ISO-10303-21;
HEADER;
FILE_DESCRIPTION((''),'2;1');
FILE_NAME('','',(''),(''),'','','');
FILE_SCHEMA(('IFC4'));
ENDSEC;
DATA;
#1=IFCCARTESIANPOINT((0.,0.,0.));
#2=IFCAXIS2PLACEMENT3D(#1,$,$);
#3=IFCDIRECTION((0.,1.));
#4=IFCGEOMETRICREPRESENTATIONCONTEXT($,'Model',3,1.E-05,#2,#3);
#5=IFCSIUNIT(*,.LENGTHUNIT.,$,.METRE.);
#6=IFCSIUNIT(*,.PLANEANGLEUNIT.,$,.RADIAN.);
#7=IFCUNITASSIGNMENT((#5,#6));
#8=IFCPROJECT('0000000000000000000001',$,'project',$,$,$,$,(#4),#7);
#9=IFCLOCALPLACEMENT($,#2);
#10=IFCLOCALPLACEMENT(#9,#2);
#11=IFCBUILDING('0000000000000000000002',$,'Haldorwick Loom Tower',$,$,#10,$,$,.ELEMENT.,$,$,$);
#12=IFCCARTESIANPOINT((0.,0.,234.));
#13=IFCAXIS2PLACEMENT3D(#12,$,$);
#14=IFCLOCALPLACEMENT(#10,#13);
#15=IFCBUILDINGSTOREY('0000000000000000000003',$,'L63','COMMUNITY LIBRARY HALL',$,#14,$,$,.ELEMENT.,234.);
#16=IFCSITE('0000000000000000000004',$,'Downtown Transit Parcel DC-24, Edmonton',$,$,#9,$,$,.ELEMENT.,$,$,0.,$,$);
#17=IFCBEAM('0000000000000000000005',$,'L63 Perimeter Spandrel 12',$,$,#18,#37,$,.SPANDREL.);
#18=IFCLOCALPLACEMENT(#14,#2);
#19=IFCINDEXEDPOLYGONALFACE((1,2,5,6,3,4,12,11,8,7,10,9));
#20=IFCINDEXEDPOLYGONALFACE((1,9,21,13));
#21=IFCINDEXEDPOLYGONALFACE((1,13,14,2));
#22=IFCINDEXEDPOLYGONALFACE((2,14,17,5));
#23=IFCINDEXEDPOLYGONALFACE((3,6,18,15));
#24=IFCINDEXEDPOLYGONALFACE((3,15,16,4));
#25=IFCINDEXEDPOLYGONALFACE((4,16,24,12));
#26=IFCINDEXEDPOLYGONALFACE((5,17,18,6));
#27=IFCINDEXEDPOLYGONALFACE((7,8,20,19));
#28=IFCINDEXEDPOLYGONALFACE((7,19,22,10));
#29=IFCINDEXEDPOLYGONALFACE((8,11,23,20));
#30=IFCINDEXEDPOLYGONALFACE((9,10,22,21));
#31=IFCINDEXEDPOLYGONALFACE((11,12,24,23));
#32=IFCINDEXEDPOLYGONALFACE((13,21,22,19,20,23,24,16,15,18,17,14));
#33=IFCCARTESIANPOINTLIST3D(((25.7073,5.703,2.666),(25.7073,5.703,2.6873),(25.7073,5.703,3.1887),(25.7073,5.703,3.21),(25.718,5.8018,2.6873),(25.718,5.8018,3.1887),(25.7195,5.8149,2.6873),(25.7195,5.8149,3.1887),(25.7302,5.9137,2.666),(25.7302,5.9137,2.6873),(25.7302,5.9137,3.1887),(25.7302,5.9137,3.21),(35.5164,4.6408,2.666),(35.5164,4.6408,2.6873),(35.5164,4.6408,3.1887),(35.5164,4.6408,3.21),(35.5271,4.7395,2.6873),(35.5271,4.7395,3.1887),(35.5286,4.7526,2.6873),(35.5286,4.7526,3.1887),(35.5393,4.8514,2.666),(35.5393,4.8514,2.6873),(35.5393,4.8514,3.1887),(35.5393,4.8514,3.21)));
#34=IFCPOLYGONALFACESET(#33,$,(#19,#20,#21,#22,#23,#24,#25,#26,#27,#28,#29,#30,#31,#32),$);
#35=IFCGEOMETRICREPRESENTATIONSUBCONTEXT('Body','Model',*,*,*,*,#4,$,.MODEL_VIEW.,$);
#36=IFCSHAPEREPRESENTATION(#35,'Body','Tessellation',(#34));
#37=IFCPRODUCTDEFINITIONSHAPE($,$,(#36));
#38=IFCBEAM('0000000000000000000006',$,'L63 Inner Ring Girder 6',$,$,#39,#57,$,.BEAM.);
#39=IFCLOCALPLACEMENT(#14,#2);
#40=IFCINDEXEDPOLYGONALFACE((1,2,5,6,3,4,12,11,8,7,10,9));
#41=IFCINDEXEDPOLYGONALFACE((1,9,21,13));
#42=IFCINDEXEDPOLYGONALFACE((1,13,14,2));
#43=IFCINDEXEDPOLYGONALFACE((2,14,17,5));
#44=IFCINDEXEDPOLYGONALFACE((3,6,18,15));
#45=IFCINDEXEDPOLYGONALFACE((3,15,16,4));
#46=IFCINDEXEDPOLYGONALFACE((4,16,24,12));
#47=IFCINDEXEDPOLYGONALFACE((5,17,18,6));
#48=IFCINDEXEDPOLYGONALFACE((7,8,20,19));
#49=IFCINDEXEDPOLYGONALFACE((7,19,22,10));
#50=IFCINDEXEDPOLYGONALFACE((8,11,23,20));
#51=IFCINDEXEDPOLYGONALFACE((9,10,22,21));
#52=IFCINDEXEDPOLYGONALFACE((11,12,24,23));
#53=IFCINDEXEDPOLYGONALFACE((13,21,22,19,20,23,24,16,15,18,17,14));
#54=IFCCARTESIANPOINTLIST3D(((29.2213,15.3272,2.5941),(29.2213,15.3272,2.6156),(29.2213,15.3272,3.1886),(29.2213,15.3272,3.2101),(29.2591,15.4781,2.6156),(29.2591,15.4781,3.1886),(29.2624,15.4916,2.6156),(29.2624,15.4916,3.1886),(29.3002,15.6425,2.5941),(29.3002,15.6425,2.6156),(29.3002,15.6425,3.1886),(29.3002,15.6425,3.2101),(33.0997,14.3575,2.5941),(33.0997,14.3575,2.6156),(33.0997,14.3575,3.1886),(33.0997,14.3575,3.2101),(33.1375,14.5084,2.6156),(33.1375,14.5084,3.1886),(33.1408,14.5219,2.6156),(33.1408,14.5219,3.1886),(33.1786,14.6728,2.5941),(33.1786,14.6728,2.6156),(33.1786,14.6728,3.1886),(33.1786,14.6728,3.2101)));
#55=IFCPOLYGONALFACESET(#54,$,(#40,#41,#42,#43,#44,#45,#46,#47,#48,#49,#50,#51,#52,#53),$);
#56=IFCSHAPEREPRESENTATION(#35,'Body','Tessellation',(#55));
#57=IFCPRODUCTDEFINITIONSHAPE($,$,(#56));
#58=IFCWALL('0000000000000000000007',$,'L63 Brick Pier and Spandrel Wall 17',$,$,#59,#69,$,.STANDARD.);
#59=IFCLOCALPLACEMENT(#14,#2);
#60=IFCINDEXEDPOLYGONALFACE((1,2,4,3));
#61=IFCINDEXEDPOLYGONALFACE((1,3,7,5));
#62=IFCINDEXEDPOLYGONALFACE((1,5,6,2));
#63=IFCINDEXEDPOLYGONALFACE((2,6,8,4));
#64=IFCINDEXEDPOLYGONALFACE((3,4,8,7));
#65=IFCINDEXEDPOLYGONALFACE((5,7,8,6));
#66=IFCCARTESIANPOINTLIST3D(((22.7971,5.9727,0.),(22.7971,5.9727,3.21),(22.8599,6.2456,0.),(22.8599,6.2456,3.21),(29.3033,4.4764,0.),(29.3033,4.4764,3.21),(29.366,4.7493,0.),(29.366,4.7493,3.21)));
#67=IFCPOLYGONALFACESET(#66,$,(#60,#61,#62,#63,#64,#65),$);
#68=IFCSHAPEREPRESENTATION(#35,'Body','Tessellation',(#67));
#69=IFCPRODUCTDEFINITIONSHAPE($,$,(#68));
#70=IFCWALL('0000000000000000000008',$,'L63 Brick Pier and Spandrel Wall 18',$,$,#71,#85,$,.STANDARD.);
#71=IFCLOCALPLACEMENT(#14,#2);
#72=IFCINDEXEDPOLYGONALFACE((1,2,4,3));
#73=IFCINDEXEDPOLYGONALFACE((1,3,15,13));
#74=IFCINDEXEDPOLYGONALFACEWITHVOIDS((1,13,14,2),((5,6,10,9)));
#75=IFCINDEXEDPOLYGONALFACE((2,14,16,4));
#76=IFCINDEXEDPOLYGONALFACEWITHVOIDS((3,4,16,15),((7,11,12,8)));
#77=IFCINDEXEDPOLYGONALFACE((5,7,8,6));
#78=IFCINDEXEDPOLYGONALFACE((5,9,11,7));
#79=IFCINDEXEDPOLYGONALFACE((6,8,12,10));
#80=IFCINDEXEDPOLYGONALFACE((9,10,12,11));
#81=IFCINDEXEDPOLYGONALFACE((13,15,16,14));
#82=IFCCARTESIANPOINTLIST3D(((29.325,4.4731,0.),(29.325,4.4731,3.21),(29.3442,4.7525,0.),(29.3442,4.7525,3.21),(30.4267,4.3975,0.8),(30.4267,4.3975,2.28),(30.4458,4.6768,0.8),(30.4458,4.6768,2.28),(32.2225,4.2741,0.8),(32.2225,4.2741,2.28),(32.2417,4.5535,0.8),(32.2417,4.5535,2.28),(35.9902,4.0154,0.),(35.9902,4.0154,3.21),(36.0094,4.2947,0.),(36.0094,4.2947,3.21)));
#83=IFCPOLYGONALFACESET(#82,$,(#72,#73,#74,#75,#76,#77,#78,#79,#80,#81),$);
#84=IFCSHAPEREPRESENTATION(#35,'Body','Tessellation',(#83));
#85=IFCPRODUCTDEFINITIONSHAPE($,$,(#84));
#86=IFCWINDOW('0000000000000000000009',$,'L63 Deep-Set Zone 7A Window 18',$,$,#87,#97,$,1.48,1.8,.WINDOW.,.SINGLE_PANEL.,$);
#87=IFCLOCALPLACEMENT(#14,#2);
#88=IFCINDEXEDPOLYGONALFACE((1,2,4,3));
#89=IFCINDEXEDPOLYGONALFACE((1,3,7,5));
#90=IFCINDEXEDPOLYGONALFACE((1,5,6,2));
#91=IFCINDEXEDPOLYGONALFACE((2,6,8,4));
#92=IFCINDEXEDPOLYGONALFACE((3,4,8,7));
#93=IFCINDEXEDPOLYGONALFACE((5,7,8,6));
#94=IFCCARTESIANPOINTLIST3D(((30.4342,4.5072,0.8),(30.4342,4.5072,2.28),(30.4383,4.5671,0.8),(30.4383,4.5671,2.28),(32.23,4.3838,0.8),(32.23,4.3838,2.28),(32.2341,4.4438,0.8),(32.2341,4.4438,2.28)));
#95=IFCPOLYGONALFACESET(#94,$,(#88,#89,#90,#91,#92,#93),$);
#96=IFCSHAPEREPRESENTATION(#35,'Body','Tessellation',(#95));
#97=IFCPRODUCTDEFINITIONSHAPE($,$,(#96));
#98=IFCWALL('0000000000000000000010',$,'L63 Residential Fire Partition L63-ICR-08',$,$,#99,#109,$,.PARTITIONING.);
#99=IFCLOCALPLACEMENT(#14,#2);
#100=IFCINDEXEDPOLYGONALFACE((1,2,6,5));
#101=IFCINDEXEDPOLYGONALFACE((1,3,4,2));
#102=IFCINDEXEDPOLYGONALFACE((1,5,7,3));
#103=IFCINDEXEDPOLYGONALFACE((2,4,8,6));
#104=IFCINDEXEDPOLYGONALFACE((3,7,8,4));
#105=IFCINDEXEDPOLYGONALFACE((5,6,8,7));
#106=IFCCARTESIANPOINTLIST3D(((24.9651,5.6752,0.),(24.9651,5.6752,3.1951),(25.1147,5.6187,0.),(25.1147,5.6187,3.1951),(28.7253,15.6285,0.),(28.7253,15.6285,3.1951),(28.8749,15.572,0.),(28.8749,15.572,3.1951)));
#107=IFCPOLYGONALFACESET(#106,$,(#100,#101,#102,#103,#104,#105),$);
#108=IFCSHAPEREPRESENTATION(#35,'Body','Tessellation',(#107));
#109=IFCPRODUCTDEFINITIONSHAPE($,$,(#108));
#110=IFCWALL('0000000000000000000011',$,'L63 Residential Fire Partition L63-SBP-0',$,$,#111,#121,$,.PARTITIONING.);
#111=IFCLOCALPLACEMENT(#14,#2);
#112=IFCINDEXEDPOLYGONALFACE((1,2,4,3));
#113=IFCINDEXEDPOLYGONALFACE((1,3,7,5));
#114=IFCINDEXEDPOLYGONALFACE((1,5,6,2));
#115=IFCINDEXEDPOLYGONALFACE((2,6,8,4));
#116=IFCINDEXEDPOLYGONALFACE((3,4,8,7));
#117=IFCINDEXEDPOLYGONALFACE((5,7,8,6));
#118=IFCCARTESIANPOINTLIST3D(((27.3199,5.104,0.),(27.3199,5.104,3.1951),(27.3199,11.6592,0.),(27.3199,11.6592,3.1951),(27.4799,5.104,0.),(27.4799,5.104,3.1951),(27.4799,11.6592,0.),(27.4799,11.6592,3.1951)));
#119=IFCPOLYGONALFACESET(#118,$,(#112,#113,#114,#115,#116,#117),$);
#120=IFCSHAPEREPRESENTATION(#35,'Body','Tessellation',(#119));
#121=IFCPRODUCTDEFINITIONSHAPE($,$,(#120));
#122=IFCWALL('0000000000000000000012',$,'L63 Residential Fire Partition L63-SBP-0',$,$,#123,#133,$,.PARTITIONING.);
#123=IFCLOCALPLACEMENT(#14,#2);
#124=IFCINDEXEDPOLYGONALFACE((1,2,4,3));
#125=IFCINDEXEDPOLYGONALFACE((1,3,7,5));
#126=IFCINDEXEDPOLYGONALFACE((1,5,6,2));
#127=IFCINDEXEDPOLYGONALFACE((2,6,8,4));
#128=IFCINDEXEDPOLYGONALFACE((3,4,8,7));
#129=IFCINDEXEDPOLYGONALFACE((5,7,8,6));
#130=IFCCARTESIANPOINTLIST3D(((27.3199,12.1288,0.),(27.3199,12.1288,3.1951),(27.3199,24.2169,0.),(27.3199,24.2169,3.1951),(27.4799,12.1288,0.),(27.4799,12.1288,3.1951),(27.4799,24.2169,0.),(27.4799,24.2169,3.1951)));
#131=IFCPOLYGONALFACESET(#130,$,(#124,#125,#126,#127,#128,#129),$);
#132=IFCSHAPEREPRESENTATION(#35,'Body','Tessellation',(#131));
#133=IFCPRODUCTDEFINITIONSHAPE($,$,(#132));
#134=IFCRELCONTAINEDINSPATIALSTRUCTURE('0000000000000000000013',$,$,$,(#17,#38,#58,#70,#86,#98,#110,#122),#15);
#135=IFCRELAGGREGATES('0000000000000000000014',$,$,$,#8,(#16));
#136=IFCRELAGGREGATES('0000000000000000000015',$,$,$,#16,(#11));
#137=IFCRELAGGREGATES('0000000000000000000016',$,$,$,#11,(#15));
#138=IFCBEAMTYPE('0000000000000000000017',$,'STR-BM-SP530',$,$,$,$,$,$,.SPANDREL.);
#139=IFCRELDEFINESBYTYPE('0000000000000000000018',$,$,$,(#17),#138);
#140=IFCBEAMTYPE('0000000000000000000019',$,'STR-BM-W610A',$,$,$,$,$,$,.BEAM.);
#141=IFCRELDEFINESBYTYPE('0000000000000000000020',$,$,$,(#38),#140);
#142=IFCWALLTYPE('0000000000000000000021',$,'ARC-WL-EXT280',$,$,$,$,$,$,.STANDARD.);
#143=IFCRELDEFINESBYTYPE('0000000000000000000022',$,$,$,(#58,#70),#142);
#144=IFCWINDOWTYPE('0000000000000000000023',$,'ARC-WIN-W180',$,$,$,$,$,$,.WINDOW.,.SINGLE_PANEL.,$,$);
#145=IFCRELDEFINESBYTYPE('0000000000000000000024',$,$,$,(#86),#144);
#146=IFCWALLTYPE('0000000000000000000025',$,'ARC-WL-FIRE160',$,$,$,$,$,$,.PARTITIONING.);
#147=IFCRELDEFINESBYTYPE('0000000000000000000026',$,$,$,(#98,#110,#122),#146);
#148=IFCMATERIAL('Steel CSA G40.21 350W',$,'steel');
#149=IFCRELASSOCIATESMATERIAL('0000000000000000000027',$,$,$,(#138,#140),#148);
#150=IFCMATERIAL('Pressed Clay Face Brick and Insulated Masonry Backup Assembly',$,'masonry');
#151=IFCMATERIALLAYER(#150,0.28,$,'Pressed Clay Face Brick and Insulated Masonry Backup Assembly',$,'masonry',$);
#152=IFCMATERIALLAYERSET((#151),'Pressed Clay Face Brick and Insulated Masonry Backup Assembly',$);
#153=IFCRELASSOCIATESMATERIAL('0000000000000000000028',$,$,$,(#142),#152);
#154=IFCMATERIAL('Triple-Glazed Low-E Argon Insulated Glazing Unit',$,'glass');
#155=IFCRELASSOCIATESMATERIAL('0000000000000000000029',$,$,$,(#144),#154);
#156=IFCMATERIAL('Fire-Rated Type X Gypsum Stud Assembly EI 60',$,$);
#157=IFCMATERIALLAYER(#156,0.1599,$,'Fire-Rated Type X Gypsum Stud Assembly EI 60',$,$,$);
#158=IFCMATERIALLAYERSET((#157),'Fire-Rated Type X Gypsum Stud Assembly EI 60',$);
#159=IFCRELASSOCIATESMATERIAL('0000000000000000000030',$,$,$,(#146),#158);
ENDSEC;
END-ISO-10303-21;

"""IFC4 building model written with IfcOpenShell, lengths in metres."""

from ifc_helpers import new_model, si_unit, direction, frame, frame_2d, origin, origin_2d, place, context, subcontext, project, spatial, rectangle, i_section, extrude, material, layer, layer_set, material_profile, profile_set, type_object, element, fill, save


model = new_model("IFC4")

# Units and contexts
model_context = context("Model", 3, precision=1e-05, world=origin(), true_north=direction((0.0, 1.0)))
body_context = subcontext(model_context, "Body", "Model", "MODEL_VIEW")
ifc_project = project(units=[si_unit("LENGTHUNIT", "METRE"), si_unit("PLANEANGLEUNIT", "RADIAN")], contexts=[model_context])

# Site, building, storey
site_placement = place(None, origin())
site = spatial("IfcSite", under=ifc_project, at=site_placement, Name="Downtown Transit Parcel DC-24, Edmonton", CompositionType="ELEMENT", RefElevation=0.0)
building_placement = place(site_placement, origin())
building = spatial("IfcBuilding", under=site, at=building_placement, Name="Haldorwick Loom Tower", CompositionType="ELEMENT")
storey_placement = place(building_placement, frame((0.0, 0.0, 234.0)))
storey = spatial("IfcBuildingStorey", under=building, at=storey_placement, Name="L63", Description="COMMUNITY LIBRARY HALL", CompositionType="ELEMENT", Elevation=234.0)

# Beams
ifc_material_1 = material(Name="Steel CSA G40.21 350W", Category="steel")
ifc_material_profile_1 = material_profile(ifc_material_1, i_section(OverallWidth=0.2119, OverallDepth=0.5439, WebThickness=0.0132, FlangeThickness=0.0212, at=origin_2d()), Name="W530X123", Category="steel")
ifc_profile_set_1 = profile_set([ifc_material_profile_1], Name="Steel CSA G40.21 350W")
beam_type_1 = type_object("IfcBeamType", Name="STR-BM-SP530", PredefinedType="SPANDREL", material=ifc_profile_set_1)
beam_1_placement = place(storey_placement, frame((25.7188, 5.8083, 2.938), z_axis=(0.994187, -0.107664, 0.0), x_axis=(0.107664, 0.994187, 0.0)))
element("IfcBeam", 1, at=beam_1_placement, inside=storey, type_object=beam_type_1, Name="L63 Perimeter Spandrel 12", PredefinedType="SPANDREL", context=body_context, shape_type="SweptSolid", body=[
    extrude(i_section(OverallWidth=0.2119, OverallDepth=0.5439, WebThickness=0.0132, FlangeThickness=0.0212, at=origin_2d()), origin(), (0.0, 0.0, 1.0), 9.8665),
])
ifc_material_profile_2 = material_profile(ifc_material_1, i_section(OverallWidth=0.325, OverallDepth=0.616, WebThickness=0.0139, FlangeThickness=0.0215, at=origin_2d()), Name="W610X174", Category="steel")
ifc_profile_set_2 = profile_set([ifc_material_profile_2], Name="Steel CSA G40.21 350W")
beam_type_2 = type_object("IfcBeamType", Name="STR-BM-W610A", PredefinedType="BEAM", material=ifc_profile_set_2)
beam_2_placement = place(storey_placement, frame((33.1392, 14.5151, 2.9021), z_axis=(-0.970135, 0.242564, 0.0), x_axis=(-0.242564, -0.970135, 0.0)))
element("IfcBeam", 2, at=beam_2_placement, inside=storey, type_object=beam_type_2, Name="L63 Inner Ring Girder 6", PredefinedType="BEAM", context=body_context, shape_type="SweptSolid", body=[
    extrude(i_section(OverallWidth=0.325, OverallDepth=0.616, WebThickness=0.0139, FlangeThickness=0.0215, at=origin_2d()), origin(), (0.0, 0.0, 1.0), 3.9978),
])

# Wall
ifc_material_2 = material(Name="Pressed Clay Face Brick and Insulated Masonry Backup Assembly", Category="masonry")
ifc_layer_1 = layer(ifc_material_2, 0.28, Name="Pressed Clay Face Brick and Insulated Masonry Backup Assembly", Category="masonry")
ifc_layer_set_1 = layer_set([ifc_layer_1], Name="Pressed Clay Face Brick and Insulated Masonry Backup Assembly")
wall_type_1 = type_object("IfcWallType", Name="ARC-WL-EXT280", PredefinedType="STANDARD", material=ifc_layer_set_1)
wall_1_placement = place(storey_placement, frame((22.8286, 6.1091, 0.0), z_axis=(0.0, 0.0, 1.0), x_axis=(0.974557, -0.224138, 0.0)))
element("IfcWall", 3, at=wall_1_placement, inside=storey, type_object=wall_type_1, Name="L63 Brick Pier and Spandrel Wall 17", PredefinedType="STANDARD", context=body_context, shape_type="SweptSolid", body=[
    extrude(rectangle(XDim=6.676, YDim=0.28, at=frame_2d((3.3379, 0.0))), origin(), (0.0, 0.0, 1.0), 3.21),
])

# Wall, opening, window
wall_2_placement = place(storey_placement, frame((29.3347, 4.6128, 0.0), z_axis=(0.0, 0.0, 1.0), x_axis=(0.99765, -0.068517, 0.0)))
wall_2 = element("IfcWall", 4, at=wall_2_placement, inside=storey, type_object=wall_type_1, Name="L63 Brick Pier and Spandrel Wall 18", PredefinedType="STANDARD", context=body_context, shape_type="SweptSolid", body=[
    extrude(rectangle(XDim=6.6809, YDim=0.28, at=frame_2d((3.3403, 0.0))), origin(), (0.0, 0.0, 1.0), 3.21),
])
opening_placement = place(wall_2_placement, frame((1.1042, 0.0, 0.8)))
opening = element("IfcOpeningElement", 5, at=opening_placement, cuts=wall_2, PredefinedType="OPENING", context=body_context, shape_type="SweptSolid", body=[
    extrude(rectangle(XDim=1.8, YDim=1.48, at=frame_2d((0.8999, 0.74))), frame((0.0, 0.1499, 0.0), z_axis=(0.0, -1.0, 0.0), x_axis=(1.0, 0.0, 0.0)), (0.0, 0.0, 1.0), 0.3),
])
ifc_material_3 = material(Name="Triple-Glazed Low-E Argon Insulated Glazing Unit", Category="glass")
window_type = type_object("IfcWindowType", Name="ARC-WIN-W180", PartitioningType="SINGLE_PANEL", PredefinedType="WINDOW", material=ifc_material_3)
window_placement = place(opening_placement, origin())
window = element("IfcWindow", 6, at=window_placement, inside=storey, type_object=window_type, Name="L63 Deep-Set Zone 7A Window 18", OverallHeight=1.48, OverallWidth=1.8, PartitioningType="SINGLE_PANEL", PredefinedType="WINDOW", context=body_context, shape_type="SweptSolid", body=[
    extrude(rectangle(XDim=1.8, YDim=1.48, at=frame_2d((0.8999, 0.74))), frame((0.0, 0.03, 0.0), z_axis=(0.0, -1.0, 0.0), x_axis=(1.0, 0.0, 0.0)), (0.0, 0.0, 1.0), 0.0601),
])
fill(opening, window)

# Walls
ifc_material_4 = material(Name="Fire-Rated Type X Gypsum Stud Assembly EI 60")
ifc_layer_2 = layer(ifc_material_4, 0.1599, Name="Fire-Rated Type X Gypsum Stud Assembly EI 60")
ifc_layer_set_2 = layer_set([ifc_layer_2], Name="Fire-Rated Type X Gypsum Stud Assembly EI 60")
wall_type_2 = type_object("IfcWallType", Name="ARC-WL-FIRE160", PredefinedType="PARTITIONING", material=ifc_layer_set_2)
wall_3_placement = place(storey_placement, frame((28.8, 15.6001, 0.0), z_axis=(0.0, 0.0, 1.0), x_axis=(-0.353408, -0.935469, 0.0)))
element("IfcWall", 7, at=wall_3_placement, inside=storey, type_object=wall_type_2, Name="L63 Residential Fire Partition L63-ICR-08", PredefinedType="PARTITIONING", context=body_context, shape_type="SweptSolid", body=[
    extrude(rectangle(XDim=10.6399, YDim=0.1599, at=frame_2d((5.3198, 0.0))), origin(), (0.0, 0.0, 1.0), 3.1951),
])
wall_4_placement = place(storey_placement, frame((27.3999, 5.104, 0.0), z_axis=(0.0, 0.0, 1.0), x_axis=(0.0, 1.0, 0.0)))
element("IfcWall", 8, at=wall_4_placement, inside=storey, type_object=wall_type_2, Name="L63 Residential Fire Partition L63-SBP-0", PredefinedType="PARTITIONING", context=body_context, shape_type="SweptSolid", body=[
    extrude(rectangle(XDim=6.5552, YDim=0.1599, at=frame_2d((3.2776, 0.0))), origin(), (0.0, 0.0, 1.0), 3.1951),
])
wall_5_placement = place(storey_placement, frame((27.3999, 12.1289, 0.0), z_axis=(0.0, 0.0, 1.0), x_axis=(0.0, 1.0, 0.0)))
element("IfcWall", 9, at=wall_5_placement, inside=storey, type_object=wall_type_2, Name="L63 Residential Fire Partition L63-SBP-0", PredefinedType="PARTITIONING", context=body_context, shape_type="SweptSolid", body=[
    extrude(rectangle(XDim=12.0881, YDim=0.1599, at=frame_2d((6.0439, 0.0))), origin(), (0.0, 0.0, 1.0), 3.1951),
])

save(model, "model.ifc")
